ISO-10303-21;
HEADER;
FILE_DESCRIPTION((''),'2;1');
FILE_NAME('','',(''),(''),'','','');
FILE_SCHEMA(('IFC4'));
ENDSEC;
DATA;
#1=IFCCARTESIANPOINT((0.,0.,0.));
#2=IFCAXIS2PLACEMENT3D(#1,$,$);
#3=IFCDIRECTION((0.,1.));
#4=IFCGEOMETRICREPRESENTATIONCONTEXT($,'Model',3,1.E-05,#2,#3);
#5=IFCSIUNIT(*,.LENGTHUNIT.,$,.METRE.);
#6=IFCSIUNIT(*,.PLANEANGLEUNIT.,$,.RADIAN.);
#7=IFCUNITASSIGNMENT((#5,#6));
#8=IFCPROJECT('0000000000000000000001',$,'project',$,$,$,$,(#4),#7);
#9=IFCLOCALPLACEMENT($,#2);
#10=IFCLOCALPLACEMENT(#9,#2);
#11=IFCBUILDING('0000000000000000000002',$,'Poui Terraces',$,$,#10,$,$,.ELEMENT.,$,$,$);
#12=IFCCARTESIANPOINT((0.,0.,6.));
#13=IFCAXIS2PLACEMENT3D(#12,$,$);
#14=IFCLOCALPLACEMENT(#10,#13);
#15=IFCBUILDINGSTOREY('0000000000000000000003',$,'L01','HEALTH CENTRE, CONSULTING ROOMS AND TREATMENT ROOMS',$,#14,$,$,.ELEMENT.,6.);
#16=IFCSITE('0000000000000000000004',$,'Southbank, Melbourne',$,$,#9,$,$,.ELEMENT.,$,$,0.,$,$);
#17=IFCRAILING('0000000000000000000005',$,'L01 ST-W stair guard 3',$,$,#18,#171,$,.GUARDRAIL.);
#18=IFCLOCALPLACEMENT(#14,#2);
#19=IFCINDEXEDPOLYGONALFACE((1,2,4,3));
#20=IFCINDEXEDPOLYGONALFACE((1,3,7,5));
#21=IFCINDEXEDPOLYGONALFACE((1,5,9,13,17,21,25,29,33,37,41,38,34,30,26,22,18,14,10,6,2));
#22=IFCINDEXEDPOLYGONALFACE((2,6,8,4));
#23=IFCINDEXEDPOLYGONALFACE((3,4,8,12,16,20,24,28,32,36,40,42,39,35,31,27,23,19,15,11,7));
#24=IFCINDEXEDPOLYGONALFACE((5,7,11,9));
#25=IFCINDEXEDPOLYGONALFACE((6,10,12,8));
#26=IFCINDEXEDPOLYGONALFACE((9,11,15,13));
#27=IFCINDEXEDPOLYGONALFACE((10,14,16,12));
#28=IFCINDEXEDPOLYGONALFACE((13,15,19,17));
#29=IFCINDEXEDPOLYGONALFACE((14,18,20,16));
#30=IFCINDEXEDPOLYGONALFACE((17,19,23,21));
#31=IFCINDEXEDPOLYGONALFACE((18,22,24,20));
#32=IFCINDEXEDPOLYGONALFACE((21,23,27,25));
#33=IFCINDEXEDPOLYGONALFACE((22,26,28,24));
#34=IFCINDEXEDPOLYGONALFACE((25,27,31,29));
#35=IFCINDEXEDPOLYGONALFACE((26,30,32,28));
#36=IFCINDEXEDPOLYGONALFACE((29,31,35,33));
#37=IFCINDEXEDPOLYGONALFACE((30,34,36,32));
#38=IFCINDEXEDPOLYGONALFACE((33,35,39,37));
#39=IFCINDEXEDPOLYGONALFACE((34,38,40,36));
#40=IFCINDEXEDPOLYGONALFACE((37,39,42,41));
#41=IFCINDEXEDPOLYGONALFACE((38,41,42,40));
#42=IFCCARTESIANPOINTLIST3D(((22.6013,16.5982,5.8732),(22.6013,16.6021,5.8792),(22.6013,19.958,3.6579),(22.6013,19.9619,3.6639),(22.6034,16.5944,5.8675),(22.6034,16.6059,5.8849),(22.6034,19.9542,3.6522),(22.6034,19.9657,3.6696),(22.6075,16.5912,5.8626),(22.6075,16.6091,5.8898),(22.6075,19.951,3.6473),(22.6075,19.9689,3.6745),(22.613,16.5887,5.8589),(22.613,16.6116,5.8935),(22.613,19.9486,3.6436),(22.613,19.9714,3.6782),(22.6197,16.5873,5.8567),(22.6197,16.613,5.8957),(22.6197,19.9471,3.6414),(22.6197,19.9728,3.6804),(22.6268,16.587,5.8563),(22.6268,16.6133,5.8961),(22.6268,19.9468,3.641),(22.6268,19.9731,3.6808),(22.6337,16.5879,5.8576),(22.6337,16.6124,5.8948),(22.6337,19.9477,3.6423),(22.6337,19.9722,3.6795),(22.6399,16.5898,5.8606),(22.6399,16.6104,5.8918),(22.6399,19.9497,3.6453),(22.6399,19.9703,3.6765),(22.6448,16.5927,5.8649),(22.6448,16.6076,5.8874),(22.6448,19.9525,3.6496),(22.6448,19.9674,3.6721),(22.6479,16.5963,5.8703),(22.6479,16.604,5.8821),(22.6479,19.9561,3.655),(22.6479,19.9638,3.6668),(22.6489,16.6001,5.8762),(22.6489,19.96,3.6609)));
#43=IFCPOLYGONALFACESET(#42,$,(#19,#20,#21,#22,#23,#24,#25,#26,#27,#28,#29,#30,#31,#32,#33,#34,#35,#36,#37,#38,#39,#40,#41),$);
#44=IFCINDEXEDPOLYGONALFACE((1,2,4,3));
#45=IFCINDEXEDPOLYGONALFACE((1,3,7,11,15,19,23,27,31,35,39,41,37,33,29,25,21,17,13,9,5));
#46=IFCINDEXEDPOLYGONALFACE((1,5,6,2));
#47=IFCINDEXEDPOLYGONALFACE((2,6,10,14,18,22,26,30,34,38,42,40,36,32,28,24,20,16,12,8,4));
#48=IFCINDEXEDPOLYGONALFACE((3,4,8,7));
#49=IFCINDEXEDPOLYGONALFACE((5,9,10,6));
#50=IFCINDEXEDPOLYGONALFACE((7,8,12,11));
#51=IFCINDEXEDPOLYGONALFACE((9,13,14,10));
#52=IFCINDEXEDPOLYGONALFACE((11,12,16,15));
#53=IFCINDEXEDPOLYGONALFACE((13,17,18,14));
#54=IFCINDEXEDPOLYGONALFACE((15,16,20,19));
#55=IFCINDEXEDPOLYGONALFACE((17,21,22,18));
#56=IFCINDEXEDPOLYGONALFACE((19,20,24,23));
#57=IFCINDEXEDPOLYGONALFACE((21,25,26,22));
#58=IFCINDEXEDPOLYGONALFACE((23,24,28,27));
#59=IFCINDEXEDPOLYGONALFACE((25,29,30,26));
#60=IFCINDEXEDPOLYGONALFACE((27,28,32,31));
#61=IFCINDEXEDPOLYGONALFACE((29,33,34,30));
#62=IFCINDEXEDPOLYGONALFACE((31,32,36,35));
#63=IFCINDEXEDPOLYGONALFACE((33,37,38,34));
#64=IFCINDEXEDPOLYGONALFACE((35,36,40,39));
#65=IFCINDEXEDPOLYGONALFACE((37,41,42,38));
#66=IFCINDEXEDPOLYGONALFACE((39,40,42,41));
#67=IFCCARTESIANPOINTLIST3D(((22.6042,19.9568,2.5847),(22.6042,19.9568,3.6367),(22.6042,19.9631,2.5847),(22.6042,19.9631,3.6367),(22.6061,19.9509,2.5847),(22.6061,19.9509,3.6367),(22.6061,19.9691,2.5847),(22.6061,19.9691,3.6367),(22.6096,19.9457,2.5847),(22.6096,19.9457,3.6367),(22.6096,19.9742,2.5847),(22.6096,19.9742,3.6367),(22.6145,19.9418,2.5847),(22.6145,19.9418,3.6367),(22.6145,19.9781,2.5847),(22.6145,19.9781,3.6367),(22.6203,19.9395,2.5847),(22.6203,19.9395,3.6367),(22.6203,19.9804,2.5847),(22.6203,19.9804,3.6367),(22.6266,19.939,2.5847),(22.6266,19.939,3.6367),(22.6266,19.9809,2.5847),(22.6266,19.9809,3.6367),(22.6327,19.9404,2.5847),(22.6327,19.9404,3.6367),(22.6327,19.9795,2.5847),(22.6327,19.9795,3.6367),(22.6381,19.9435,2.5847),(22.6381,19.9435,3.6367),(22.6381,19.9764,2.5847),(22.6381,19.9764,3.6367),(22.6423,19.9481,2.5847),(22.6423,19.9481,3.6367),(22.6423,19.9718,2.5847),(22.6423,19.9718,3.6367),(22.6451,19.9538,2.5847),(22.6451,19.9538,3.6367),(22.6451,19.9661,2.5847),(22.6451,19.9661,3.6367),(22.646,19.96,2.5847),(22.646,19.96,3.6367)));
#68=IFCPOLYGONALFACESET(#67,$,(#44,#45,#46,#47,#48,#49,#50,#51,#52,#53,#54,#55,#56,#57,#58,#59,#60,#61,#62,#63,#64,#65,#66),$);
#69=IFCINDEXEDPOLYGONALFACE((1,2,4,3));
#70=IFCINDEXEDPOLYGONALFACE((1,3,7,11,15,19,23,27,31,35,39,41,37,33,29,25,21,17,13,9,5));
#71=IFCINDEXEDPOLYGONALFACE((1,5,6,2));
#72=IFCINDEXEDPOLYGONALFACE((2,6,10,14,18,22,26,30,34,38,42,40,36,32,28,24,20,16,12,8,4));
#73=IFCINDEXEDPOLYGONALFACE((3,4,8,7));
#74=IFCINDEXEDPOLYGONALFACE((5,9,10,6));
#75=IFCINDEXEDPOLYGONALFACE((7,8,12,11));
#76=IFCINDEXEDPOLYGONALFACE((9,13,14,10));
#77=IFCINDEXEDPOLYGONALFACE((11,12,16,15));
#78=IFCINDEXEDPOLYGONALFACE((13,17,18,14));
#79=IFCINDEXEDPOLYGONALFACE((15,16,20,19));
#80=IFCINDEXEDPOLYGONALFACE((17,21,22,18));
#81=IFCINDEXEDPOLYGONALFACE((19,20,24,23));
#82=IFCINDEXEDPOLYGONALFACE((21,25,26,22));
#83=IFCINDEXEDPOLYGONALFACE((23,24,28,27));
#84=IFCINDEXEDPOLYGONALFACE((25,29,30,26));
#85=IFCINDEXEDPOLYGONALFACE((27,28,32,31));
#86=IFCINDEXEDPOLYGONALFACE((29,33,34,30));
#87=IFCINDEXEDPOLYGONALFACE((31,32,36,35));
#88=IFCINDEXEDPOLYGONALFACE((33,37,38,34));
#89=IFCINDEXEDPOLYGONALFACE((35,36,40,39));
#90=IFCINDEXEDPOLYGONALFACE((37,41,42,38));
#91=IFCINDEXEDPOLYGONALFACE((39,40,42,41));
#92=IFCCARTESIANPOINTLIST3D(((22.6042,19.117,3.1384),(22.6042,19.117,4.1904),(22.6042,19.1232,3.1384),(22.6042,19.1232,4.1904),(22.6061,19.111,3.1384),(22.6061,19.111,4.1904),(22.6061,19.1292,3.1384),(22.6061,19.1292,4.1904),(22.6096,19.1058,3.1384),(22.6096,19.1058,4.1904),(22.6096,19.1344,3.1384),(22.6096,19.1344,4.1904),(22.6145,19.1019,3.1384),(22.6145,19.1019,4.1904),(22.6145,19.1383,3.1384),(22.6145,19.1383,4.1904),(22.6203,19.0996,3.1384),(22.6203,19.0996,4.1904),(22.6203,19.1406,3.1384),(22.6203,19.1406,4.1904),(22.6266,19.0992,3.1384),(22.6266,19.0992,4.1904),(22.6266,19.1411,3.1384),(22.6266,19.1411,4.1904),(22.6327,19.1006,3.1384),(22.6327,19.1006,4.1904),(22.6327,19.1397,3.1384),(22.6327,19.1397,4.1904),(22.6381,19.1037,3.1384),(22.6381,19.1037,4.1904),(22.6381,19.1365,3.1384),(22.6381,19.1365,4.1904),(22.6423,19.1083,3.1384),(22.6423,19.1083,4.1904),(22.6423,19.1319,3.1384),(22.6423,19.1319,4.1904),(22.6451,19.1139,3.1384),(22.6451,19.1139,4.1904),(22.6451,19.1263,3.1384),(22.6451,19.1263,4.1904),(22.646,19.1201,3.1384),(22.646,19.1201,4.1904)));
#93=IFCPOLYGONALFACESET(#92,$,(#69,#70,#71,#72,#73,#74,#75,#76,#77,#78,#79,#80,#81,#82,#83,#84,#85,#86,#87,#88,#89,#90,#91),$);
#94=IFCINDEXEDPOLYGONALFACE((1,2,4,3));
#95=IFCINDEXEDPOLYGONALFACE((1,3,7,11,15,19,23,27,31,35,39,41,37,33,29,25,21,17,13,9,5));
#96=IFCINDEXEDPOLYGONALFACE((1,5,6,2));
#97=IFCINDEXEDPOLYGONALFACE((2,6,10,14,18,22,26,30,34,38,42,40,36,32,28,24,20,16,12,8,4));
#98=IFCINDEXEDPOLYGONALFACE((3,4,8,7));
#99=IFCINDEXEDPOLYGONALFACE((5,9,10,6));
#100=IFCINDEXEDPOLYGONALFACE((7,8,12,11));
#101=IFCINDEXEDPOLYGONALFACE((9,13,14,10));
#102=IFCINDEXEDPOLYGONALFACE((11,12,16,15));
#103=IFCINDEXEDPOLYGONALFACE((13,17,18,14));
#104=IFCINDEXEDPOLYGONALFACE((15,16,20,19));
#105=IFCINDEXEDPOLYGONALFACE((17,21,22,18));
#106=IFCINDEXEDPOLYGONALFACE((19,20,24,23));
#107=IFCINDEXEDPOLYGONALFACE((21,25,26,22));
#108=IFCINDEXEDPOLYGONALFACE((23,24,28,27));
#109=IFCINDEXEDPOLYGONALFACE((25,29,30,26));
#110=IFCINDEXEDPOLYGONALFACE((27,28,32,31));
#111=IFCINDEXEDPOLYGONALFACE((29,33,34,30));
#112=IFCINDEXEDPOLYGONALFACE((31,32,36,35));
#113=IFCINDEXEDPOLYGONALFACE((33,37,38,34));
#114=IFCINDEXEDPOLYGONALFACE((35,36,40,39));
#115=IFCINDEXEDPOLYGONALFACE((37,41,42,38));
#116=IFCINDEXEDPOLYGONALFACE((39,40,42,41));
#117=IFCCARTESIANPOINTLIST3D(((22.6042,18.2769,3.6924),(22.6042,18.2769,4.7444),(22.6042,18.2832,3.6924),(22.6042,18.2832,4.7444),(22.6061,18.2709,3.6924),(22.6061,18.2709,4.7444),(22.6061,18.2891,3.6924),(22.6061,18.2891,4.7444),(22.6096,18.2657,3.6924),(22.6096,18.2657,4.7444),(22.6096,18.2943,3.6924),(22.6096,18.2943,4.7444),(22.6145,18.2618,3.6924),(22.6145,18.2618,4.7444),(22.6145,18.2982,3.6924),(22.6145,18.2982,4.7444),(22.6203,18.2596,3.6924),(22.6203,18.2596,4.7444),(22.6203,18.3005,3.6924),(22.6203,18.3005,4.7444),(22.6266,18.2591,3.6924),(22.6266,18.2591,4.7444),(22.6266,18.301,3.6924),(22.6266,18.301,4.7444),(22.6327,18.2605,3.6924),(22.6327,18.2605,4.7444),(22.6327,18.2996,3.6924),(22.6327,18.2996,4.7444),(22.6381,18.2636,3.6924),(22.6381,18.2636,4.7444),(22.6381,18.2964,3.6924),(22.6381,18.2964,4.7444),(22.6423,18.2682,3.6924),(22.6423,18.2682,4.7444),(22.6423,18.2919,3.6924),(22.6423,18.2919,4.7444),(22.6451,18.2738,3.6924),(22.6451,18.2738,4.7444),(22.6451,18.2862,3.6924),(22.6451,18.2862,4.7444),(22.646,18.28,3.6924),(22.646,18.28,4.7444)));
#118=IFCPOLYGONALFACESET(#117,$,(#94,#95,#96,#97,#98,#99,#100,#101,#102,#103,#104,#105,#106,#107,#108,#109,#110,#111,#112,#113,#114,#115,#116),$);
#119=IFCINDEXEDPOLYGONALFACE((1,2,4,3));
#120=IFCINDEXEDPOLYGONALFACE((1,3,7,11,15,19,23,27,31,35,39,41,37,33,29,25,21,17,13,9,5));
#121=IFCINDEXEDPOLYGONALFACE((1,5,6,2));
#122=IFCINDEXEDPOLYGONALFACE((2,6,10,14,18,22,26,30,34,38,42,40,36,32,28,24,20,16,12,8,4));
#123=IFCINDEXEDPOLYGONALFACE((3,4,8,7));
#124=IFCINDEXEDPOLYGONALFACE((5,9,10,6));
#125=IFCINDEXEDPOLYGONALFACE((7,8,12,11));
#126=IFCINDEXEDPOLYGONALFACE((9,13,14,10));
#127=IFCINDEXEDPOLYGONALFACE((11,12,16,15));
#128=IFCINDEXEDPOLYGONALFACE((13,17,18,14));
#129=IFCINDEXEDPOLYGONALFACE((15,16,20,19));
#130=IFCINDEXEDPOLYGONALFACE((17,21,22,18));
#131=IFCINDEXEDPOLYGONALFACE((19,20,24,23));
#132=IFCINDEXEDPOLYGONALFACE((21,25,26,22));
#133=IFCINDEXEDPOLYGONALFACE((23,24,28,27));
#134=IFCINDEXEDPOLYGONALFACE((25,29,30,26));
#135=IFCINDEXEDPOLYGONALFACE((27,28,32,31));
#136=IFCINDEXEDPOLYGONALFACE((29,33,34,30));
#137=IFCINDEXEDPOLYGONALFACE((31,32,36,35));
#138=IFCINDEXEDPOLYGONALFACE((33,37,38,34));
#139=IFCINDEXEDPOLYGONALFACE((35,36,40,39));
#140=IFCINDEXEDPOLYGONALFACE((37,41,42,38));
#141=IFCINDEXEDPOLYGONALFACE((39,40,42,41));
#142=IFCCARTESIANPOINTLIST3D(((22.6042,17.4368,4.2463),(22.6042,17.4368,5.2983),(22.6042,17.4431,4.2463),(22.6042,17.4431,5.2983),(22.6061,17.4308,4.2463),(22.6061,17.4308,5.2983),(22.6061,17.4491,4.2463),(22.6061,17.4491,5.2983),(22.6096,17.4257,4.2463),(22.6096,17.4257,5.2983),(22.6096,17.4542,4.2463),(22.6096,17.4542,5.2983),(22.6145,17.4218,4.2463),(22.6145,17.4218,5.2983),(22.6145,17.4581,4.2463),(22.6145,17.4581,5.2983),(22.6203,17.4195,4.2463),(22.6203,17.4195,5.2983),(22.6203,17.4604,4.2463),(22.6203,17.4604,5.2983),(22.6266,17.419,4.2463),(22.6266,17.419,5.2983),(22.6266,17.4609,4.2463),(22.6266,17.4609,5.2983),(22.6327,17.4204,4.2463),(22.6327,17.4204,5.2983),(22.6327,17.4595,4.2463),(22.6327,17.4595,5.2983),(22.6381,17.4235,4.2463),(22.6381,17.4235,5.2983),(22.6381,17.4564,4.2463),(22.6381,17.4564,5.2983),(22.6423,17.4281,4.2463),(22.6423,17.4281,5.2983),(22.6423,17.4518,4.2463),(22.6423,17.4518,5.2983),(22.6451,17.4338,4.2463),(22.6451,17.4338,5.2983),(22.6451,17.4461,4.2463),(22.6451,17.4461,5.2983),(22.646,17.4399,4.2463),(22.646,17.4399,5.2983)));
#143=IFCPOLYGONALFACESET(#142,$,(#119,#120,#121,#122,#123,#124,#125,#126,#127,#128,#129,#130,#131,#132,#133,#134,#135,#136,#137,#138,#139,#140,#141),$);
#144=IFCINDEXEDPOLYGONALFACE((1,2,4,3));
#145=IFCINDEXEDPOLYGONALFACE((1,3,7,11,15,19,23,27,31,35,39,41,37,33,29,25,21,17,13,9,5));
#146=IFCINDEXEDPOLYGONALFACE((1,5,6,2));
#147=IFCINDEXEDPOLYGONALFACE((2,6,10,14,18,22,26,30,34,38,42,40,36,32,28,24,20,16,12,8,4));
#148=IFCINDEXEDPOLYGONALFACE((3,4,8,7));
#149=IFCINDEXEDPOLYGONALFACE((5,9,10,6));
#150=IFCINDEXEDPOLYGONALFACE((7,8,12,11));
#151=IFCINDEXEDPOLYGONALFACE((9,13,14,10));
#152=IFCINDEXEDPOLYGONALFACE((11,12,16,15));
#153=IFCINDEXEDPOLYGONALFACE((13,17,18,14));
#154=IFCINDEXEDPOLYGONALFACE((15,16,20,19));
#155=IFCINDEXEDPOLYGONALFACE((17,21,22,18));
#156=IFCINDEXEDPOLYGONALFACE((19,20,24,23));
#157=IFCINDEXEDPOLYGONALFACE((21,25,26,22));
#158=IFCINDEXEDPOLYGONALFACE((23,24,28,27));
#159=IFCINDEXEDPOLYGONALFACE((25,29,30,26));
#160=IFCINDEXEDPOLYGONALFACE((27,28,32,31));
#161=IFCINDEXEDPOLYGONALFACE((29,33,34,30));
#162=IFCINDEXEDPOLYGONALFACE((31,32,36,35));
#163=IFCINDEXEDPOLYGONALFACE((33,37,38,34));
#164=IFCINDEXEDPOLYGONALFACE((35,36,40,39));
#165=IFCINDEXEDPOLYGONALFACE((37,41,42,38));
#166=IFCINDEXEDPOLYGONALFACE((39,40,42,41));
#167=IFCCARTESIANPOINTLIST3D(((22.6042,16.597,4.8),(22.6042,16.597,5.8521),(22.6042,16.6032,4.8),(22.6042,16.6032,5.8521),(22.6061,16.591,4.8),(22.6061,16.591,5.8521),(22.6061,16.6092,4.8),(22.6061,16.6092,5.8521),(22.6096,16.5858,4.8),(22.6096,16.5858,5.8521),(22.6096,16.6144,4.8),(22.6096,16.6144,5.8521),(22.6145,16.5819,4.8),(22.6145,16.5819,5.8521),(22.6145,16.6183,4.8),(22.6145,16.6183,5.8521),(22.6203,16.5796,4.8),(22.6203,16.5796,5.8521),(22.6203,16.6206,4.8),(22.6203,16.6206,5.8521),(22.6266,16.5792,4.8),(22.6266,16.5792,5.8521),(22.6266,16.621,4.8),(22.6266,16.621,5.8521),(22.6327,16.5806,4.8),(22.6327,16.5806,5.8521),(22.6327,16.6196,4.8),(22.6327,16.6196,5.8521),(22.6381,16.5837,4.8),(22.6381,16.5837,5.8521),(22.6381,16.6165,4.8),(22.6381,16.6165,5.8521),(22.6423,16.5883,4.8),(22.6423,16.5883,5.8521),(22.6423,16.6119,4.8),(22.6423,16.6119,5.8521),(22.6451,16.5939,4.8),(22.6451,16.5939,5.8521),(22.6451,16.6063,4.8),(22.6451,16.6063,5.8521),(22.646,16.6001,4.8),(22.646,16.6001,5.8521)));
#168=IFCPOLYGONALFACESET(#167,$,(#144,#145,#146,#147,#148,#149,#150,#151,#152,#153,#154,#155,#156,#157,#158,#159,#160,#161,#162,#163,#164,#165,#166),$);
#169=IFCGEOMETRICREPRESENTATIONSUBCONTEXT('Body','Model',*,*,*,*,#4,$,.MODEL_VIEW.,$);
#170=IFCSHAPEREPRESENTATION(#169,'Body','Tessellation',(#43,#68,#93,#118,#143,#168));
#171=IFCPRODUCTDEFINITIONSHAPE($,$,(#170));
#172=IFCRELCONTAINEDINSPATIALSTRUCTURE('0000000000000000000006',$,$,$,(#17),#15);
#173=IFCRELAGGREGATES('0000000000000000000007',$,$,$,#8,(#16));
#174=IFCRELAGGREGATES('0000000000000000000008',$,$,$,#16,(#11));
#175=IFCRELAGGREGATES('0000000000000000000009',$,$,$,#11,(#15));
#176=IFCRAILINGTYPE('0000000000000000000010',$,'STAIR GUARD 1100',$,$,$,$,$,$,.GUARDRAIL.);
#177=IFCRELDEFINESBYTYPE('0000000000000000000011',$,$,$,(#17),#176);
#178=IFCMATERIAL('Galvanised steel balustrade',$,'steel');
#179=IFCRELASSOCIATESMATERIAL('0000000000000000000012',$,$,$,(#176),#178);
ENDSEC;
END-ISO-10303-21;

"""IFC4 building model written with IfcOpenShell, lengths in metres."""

from ifc_helpers import new_model, si_unit, direction, frame, origin, origin_2d, place, context, subcontext, project, spatial, circle, extrude, material, type_object, element, save


model = new_model("IFC4")

# Units and contexts
model_context = context("Model", 3, precision=1e-05, world=origin(), true_north=direction((0.0, 1.0)))
body_context = subcontext(model_context, "Body", "Model", "MODEL_VIEW")
ifc_project = project(units=[si_unit("LENGTHUNIT", "METRE"), si_unit("PLANEANGLEUNIT", "RADIAN")], contexts=[model_context])

# Site, building, storey
site_placement = place(None, origin())
site = spatial("IfcSite", under=ifc_project, at=site_placement, Name="Southbank, Melbourne", CompositionType="ELEMENT", RefElevation=0.0)
building_placement = place(site_placement, origin())
building = spatial("IfcBuilding", under=site, at=building_placement, Name="Poui Terraces", CompositionType="ELEMENT")
storey_placement = place(building_placement, frame((0.0, 0.0, 6.0)))
storey = spatial("IfcBuildingStorey", under=building, at=storey_placement, Name="L01", Description="HEALTH CENTRE, CONSULTING ROOMS AND TREATMENT ROOMS", CompositionType="ELEMENT", Elevation=6.0)

# Railing
ifc_material_1 = material(Name="Galvanised steel balustrade", Category="steel")
railing_type_1 = type_object("IfcRailingType", Name="STAIR GUARD 1100", PredefinedType="GUARDRAIL", material=ifc_material_1)
railing_1_placement = place(storey_placement, frame((22.625, 19.96, 2.5847)))
element("IfcRailing", 1, at=railing_1_placement, inside=storey, type_object=railing_type_1, Name="L01 ST-W stair guard 3", PredefinedType="GUARDRAIL", context=body_context, shape_type="SweptSolid", body=[
    extrude(circle(Radius=0.0239, at=origin_2d()), frame((0.0, 0.0, 1.0762), z_axis=(0.0, -0.834858, 0.550465), x_axis=(1.0, 0.0, 0.0)), (0.0, 0.0, 1.0), 4.0244),
    extrude(circle(Radius=0.021, at=origin_2d()), origin(), (0.0, 0.0, 1.0), 1.052),
    extrude(circle(Radius=0.021, at=origin_2d()), frame((0.0, -0.8398, 0.5537)), (0.0, 0.0, 1.0), 1.052),
    extrude(circle(Radius=0.021, at=origin_2d()), frame((0.0, -1.6799, 1.1077)), (0.0, 0.0, 1.0), 1.052),
    extrude(circle(Radius=0.021, at=origin_2d()), frame((0.0, -2.52, 1.6616)), (0.0, 0.0, 1.0), 1.052),
    extrude(circle(Radius=0.021, at=origin_2d()), frame((0.0, -3.3599, 2.2153)), (0.0, 0.0, 1.0), 1.052),
])

save(model, "model.ifc")
